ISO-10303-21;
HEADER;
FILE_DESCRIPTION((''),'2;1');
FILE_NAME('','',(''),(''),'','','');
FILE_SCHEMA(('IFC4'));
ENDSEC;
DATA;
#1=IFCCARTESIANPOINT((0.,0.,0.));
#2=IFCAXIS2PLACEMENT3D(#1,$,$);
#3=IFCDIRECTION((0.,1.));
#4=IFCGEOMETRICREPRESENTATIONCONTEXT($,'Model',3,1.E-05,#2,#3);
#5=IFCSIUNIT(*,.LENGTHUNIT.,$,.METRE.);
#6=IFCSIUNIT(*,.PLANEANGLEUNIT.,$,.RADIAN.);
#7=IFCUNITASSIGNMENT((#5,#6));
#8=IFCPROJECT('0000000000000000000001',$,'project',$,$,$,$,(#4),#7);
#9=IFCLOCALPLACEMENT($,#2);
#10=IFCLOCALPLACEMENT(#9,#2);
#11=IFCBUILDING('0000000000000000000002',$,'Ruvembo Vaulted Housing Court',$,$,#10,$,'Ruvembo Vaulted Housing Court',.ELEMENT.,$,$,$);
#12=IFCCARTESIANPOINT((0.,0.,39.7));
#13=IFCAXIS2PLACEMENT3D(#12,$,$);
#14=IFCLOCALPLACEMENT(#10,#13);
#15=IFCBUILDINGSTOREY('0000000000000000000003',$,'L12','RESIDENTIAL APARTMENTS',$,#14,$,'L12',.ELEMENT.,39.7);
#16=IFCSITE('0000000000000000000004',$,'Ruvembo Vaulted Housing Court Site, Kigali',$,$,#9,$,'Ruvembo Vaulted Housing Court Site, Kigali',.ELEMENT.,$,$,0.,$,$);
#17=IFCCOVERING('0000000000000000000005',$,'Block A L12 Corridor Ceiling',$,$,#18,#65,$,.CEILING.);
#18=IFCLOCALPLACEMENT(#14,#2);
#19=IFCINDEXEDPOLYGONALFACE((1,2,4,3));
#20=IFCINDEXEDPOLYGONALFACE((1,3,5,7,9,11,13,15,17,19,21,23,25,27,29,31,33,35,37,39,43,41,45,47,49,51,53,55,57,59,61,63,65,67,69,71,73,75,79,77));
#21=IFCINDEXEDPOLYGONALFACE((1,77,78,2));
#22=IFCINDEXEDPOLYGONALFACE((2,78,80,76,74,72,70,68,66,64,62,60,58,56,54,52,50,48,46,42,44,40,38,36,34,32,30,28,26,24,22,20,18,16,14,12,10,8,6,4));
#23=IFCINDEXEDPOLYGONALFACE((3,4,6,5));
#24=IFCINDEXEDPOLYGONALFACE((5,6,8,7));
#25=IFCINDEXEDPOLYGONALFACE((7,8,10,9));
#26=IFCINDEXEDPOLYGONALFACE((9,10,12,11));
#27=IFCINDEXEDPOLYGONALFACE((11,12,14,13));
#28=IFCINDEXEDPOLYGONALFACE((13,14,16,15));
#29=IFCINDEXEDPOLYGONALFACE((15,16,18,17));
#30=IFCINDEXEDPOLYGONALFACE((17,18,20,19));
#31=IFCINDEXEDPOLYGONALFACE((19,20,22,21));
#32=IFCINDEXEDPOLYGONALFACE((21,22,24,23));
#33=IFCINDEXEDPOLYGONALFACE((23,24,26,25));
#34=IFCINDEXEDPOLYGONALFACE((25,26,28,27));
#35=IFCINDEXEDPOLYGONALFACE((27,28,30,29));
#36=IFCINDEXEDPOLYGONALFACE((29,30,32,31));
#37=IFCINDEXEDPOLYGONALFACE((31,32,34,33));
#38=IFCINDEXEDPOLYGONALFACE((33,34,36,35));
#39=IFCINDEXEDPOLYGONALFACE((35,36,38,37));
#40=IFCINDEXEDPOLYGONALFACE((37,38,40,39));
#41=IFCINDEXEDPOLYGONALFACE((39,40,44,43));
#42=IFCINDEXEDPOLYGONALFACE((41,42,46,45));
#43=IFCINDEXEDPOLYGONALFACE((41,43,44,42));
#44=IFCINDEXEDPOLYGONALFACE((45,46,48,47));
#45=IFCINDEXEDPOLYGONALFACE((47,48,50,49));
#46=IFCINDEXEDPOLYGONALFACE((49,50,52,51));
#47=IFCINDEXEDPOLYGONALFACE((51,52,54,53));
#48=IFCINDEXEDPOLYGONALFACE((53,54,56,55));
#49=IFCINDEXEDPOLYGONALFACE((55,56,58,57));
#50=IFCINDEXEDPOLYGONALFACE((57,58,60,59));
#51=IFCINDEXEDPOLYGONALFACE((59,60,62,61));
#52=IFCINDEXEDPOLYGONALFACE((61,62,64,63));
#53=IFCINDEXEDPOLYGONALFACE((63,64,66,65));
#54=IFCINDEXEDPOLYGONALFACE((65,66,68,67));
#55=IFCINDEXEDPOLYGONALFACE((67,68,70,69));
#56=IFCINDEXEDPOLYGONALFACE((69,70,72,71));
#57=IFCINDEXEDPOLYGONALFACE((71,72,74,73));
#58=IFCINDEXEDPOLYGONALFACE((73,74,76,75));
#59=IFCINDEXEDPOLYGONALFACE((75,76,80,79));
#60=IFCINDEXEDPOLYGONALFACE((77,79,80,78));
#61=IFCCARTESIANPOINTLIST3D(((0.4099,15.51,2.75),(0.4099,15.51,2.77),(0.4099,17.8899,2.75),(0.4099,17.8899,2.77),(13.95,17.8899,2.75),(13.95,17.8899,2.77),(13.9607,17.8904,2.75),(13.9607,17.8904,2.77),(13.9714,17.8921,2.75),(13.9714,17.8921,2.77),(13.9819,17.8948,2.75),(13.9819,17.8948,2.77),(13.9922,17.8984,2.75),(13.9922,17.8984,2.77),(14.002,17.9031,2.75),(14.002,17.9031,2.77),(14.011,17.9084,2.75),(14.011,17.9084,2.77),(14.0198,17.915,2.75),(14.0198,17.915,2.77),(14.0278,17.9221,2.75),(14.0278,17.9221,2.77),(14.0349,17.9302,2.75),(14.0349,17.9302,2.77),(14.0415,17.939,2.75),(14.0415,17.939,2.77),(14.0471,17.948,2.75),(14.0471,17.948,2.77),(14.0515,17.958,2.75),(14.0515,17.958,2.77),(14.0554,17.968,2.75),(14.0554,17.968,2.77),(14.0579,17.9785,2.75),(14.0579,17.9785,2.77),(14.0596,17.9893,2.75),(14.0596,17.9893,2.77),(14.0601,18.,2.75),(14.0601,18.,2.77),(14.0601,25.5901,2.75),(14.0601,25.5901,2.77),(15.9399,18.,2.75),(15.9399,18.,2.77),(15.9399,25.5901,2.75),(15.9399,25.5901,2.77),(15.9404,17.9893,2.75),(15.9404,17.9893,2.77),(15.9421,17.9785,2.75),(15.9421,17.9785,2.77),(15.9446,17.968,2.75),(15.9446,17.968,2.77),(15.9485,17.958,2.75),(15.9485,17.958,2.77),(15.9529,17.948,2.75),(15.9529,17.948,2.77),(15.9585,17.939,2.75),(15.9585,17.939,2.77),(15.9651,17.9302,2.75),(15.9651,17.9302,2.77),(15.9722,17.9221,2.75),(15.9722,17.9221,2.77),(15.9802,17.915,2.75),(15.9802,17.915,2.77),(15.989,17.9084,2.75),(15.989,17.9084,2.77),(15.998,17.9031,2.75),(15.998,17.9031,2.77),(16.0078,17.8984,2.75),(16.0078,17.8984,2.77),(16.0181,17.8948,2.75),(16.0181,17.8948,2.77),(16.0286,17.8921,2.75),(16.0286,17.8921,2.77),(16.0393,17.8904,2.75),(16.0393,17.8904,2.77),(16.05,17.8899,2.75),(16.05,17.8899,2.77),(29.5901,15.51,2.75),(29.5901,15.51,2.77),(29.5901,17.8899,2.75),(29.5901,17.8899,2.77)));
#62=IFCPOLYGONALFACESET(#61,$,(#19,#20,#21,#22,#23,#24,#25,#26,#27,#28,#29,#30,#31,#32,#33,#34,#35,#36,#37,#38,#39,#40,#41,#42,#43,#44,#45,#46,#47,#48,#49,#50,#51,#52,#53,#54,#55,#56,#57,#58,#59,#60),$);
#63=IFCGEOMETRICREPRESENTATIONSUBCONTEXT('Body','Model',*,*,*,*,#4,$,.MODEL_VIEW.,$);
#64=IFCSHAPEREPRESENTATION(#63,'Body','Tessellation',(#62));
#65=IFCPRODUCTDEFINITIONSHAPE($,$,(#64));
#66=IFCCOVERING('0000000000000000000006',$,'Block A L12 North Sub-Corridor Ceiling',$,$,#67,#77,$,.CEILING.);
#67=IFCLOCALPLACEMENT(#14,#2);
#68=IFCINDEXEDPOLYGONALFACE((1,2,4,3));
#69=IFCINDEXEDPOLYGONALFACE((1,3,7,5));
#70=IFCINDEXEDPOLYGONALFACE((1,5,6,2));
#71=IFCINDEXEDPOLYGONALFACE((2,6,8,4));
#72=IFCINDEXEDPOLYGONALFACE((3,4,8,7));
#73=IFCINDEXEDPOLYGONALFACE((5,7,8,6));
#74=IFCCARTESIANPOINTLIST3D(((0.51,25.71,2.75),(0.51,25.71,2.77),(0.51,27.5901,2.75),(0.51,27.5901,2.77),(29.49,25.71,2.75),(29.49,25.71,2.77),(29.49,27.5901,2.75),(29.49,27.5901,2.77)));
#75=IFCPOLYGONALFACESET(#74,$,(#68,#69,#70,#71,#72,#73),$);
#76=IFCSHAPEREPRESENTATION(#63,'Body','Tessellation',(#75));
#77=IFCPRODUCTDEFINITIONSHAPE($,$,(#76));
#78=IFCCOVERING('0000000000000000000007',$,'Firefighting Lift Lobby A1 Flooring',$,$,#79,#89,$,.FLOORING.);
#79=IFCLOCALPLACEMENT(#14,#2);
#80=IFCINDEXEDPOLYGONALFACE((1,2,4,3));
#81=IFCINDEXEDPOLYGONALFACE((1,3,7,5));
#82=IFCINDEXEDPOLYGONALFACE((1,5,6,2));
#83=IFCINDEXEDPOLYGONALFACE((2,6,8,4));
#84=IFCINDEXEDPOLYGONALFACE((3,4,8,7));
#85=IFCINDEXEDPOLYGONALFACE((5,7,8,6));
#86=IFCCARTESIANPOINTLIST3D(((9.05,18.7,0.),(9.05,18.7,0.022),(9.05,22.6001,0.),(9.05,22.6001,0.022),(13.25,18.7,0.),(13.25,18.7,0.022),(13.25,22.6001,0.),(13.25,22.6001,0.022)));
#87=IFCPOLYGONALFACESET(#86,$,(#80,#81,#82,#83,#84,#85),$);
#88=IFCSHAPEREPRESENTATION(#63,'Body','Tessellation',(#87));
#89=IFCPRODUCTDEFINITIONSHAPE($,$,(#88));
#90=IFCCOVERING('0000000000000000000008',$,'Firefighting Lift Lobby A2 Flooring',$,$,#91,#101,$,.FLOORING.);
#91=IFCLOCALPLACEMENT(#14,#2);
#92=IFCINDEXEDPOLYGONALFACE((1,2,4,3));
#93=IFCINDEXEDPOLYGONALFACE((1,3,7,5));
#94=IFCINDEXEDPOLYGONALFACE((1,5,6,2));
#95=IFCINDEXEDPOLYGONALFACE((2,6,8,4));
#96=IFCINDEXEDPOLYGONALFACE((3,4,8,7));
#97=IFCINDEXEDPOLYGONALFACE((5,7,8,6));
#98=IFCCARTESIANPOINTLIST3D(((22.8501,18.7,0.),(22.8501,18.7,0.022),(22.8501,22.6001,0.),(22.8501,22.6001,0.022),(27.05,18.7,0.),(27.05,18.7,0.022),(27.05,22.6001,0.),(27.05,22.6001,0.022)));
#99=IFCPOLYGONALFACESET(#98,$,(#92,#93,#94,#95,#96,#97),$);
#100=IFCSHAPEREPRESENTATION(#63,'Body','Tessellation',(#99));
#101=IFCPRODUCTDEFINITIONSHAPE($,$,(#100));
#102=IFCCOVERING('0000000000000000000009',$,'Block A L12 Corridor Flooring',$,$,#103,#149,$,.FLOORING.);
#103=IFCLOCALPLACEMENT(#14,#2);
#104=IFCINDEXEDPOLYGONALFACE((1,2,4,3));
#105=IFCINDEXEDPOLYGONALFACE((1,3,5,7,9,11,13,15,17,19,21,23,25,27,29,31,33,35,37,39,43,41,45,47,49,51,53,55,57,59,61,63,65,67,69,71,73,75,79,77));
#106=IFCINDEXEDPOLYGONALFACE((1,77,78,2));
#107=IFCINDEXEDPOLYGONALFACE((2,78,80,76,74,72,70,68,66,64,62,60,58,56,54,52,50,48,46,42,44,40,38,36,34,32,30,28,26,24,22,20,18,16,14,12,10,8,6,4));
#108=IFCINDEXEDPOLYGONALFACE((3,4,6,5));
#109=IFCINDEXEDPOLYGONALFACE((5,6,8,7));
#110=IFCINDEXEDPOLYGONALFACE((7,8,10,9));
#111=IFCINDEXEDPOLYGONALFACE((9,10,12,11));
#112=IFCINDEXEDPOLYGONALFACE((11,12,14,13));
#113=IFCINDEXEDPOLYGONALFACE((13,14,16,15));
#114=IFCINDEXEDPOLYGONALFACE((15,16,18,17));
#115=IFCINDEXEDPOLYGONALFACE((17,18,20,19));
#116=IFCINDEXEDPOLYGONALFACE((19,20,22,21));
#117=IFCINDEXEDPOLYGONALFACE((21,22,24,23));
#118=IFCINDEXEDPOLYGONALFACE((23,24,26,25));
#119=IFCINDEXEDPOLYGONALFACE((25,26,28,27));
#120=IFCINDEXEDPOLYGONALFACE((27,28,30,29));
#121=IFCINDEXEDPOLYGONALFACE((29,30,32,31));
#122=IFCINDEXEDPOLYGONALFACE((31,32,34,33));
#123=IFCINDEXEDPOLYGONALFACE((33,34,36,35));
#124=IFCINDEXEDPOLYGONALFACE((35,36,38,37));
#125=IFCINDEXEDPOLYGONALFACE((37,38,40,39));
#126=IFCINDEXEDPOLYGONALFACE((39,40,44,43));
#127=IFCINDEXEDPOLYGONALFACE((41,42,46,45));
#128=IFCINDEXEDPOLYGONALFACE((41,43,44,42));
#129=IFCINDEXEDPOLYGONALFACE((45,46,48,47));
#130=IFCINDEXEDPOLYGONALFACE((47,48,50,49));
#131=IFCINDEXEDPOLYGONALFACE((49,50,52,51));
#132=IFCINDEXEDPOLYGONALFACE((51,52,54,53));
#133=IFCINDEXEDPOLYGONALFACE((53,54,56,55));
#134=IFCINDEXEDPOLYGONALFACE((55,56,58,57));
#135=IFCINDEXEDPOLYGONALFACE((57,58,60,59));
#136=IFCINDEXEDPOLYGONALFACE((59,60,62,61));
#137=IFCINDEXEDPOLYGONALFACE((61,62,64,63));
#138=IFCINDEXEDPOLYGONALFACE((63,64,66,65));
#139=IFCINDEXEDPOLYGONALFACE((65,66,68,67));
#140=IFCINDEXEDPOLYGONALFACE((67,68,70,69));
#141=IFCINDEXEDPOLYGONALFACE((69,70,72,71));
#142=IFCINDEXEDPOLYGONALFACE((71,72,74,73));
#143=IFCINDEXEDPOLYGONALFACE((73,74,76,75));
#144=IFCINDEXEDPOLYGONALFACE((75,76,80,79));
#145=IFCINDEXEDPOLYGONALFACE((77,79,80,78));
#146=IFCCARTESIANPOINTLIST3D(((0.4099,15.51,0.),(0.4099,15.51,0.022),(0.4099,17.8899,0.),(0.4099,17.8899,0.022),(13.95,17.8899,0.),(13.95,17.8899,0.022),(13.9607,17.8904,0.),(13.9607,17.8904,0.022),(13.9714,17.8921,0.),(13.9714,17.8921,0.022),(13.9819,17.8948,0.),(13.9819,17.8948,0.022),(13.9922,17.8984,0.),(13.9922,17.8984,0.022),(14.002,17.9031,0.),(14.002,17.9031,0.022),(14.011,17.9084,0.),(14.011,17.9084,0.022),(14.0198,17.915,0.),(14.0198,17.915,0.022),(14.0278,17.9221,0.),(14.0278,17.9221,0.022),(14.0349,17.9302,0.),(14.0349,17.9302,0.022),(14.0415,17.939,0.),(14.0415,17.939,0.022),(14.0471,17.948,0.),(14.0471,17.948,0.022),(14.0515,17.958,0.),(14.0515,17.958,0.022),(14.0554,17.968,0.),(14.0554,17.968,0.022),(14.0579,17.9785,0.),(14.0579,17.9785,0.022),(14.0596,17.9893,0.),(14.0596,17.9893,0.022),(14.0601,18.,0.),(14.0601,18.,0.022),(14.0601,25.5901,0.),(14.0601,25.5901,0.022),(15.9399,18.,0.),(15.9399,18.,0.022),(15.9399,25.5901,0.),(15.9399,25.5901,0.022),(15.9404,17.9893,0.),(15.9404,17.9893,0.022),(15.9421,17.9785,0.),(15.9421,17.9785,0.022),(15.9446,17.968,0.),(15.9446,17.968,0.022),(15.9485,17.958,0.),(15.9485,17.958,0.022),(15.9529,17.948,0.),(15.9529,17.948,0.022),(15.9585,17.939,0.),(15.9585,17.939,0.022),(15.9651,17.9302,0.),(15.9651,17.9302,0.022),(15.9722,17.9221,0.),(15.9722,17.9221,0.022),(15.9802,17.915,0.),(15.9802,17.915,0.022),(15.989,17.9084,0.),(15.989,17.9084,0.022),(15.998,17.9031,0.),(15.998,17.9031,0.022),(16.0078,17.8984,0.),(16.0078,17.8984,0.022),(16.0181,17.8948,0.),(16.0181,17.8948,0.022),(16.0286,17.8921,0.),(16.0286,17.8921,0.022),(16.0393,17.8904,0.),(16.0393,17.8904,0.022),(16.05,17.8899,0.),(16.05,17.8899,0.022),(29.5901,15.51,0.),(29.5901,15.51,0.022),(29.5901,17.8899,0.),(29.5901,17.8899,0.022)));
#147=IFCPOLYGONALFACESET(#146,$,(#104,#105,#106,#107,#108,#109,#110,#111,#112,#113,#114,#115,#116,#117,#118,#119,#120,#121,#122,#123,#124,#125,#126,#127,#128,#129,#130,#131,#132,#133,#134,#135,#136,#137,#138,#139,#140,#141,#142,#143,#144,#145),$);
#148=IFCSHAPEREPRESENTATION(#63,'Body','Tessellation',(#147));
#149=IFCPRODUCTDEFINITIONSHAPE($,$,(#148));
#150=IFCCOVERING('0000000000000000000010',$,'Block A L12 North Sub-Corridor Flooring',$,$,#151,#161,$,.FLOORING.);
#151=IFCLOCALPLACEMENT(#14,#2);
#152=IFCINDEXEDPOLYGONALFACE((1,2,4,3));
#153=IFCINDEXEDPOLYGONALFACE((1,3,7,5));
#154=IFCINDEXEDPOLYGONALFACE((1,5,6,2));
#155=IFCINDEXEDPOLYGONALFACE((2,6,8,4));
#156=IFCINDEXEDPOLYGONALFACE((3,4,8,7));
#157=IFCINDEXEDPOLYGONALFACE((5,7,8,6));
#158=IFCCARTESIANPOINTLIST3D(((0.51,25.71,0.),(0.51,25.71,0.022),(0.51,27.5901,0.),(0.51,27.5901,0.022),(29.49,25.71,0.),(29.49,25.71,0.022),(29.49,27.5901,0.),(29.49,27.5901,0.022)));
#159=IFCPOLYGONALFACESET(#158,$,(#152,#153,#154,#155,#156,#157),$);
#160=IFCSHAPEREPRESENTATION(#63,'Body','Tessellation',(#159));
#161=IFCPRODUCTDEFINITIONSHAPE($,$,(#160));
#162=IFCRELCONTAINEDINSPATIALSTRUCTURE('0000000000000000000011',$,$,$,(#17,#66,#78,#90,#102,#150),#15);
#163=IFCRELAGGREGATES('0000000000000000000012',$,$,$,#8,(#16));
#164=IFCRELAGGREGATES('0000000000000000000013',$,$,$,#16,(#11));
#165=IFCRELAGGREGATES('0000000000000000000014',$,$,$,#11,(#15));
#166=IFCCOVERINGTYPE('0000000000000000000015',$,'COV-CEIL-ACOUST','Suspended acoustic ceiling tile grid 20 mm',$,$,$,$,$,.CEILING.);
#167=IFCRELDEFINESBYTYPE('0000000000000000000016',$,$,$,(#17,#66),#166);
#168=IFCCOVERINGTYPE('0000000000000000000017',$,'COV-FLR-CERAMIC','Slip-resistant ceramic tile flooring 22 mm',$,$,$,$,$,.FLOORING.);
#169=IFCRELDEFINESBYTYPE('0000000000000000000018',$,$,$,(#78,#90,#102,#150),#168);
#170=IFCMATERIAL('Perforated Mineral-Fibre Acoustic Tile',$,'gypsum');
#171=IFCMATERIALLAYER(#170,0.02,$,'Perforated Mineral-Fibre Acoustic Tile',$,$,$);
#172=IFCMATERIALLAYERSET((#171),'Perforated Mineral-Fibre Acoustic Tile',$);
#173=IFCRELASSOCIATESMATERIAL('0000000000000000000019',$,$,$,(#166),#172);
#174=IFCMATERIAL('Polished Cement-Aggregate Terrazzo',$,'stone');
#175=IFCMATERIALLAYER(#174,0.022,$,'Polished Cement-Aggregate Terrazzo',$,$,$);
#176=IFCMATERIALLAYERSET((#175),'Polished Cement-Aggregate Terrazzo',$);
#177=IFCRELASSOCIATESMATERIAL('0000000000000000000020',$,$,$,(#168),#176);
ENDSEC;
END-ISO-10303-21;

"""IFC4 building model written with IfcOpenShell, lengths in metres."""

from ifc_helpers import new_model, si_unit, direction, frame, origin, place, context, subcontext, project, spatial, polyline, outline, extrude, material, layer, layer_set, type_object, element, save


model = new_model("IFC4")

# Units and contexts
model_context = context("Model", 3, precision=1e-05, world=origin(), true_north=direction((0.0, 1.0)))
body_context = subcontext(model_context, "Body", "Model", "MODEL_VIEW")
ifc_project = project(units=[si_unit("LENGTHUNIT", "METRE"), si_unit("PLANEANGLEUNIT", "RADIAN")], contexts=[model_context])

# Site, building, storey
site_placement = place(None, origin())
site = spatial("IfcSite", under=ifc_project, at=site_placement, Name="Ruvembo Vaulted Housing Court Site, Kigali", LongName="Ruvembo Vaulted Housing Court Site, Kigali", CompositionType="ELEMENT", RefElevation=0.0)
building_placement = place(site_placement, origin())
building = spatial("IfcBuilding", under=site, at=building_placement, Name="Ruvembo Vaulted Housing Court", LongName="Ruvembo Vaulted Housing Court", CompositionType="ELEMENT")
storey_placement = place(building_placement, frame((0.0, 0.0, 39.7)))
storey = spatial("IfcBuildingStorey", under=building, at=storey_placement, Name="L12", Description="RESIDENTIAL APARTMENTS", LongName="L12", CompositionType="ELEMENT", Elevation=39.7)

# Coverings
ifc_material_1 = material(Name="Perforated Mineral-Fibre Acoustic Tile", Category="gypsum")
ifc_layer_1 = layer(ifc_material_1, 0.02, Name="Perforated Mineral-Fibre Acoustic Tile")
ifc_layer_set_1 = layer_set([ifc_layer_1], Name="Perforated Mineral-Fibre Acoustic Tile")
covering_type_1 = type_object("IfcCoveringType", Name="COV-CEIL-ACOUST", Description="Suspended acoustic ceiling tile grid 20 mm", PredefinedType="CEILING", material=ifc_layer_set_1)
covering_1_placement = place(storey_placement, frame((0.0, 0.0, 2.75)))
element("IfcCovering", 1, at=covering_1_placement, inside=storey, type_object=covering_type_1, Name="Block A L12 Corridor Ceiling", PredefinedType="CEILING", context=body_context, shape_type="SweptSolid", body=[
    extrude(outline(polyline([(29.5901, 15.51), (29.5901, 17.8899), (16.05, 17.8899), (16.0393, 17.8904), (16.0286, 17.8921), (16.0181, 17.8948), (16.0078, 17.8984), (15.998, 17.9031), (15.989, 17.9084), (15.9802, 17.915), (15.9722, 17.9221), (15.9651, 17.9302), (15.9585, 17.939), (15.9529, 17.948), (15.9485, 17.958), (15.9446, 17.968), (15.9421, 17.9785), (15.9404, 17.9893), (15.9399, 18.0), (15.9399, 25.5901), (14.0601, 25.5901), (14.0601, 18.0), (14.0596, 17.9893), (14.0579, 17.9785), (14.0554, 17.968), (14.0515, 17.958), (14.0471, 17.948), (14.0415, 17.939), (14.0349, 17.9302), (14.0278, 17.9221), (14.0198, 17.915), (14.011, 17.9084), (14.002, 17.9031), (13.9922, 17.8984), (13.9819, 17.8948), (13.9714, 17.8921), (13.9607, 17.8904), (13.95, 17.8899), (0.4099, 17.8899), (0.4099, 15.51), (29.5901, 15.51)])), origin(), (0.0, 0.0, 1.0), 0.02),
])
covering_2_placement = place(storey_placement, frame((0.0, 0.0, 2.75)))
element("IfcCovering", 2, at=covering_2_placement, inside=storey, type_object=covering_type_1, Name="Block A L12 North Sub-Corridor Ceiling", PredefinedType="CEILING", context=body_context, shape_type="SweptSolid", body=[
    extrude(outline(polyline([(0.51, 25.71), (29.49, 25.71), (29.49, 27.5901), (0.51, 27.5901), (0.51, 25.71)])), origin(), (0.0, 0.0, 1.0), 0.02),
])
ifc_material_2 = material(Name="Polished Cement-Aggregate Terrazzo", Category="stone")
ifc_layer_2 = layer(ifc_material_2, 0.022, Name="Polished Cement-Aggregate Terrazzo")
ifc_layer_set_2 = layer_set([ifc_layer_2], Name="Polished Cement-Aggregate Terrazzo")
covering_type_2 = type_object("IfcCoveringType", Name="COV-FLR-CERAMIC", Description="Slip-resistant ceramic tile flooring 22 mm", PredefinedType="FLOORING", material=ifc_layer_set_2)
covering_3_placement = place(storey_placement, origin())
element("IfcCovering", 3, at=covering_3_placement, inside=storey, type_object=covering_type_2, Name="Firefighting Lift Lobby A1 Flooring", PredefinedType="FLOORING", context=body_context, shape_type="SweptSolid", body=[
    extrude(outline(polyline([(13.25, 22.6001), (9.05, 22.6001), (9.05, 18.7), (13.25, 18.7), (13.25, 22.6001)])), origin(), (0.0, 0.0, 1.0), 0.022),
])
covering_4_placement = place(storey_placement, origin())
element("IfcCovering", 4, at=covering_4_placement, inside=storey, type_object=covering_type_2, Name="Firefighting Lift Lobby A2 Flooring", PredefinedType="FLOORING", context=body_context, shape_type="SweptSolid", body=[
    extrude(outline(polyline([(27.05, 22.6001), (22.8501, 22.6001), (22.8501, 18.7), (27.05, 18.7), (27.05, 22.6001)])), origin(), (0.0, 0.0, 1.0), 0.022),
])
covering_5_placement = place(storey_placement, origin())
element("IfcCovering", 5, at=covering_5_placement, inside=storey, type_object=covering_type_2, Name="Block A L12 Corridor Flooring", PredefinedType="FLOORING", context=body_context, shape_type="SweptSolid", body=[
    extrude(outline(polyline([(29.5901, 15.51), (29.5901, 17.8899), (16.05, 17.8899), (16.0393, 17.8904), (16.0286, 17.8921), (16.0181, 17.8948), (16.0078, 17.8984), (15.998, 17.9031), (15.989, 17.9084), (15.9802, 17.915), (15.9722, 17.9221), (15.9651, 17.9302), (15.9585, 17.939), (15.9529, 17.948), (15.9485, 17.958), (15.9446, 17.968), (15.9421, 17.9785), (15.9404, 17.9893), (15.9399, 18.0), (15.9399, 25.5901), (14.0601, 25.5901), (14.0601, 18.0), (14.0596, 17.9893), (14.0579, 17.9785), (14.0554, 17.968), (14.0515, 17.958), (14.0471, 17.948), (14.0415, 17.939), (14.0349, 17.9302), (14.0278, 17.9221), (14.0198, 17.915), (14.011, 17.9084), (14.002, 17.9031), (13.9922, 17.8984), (13.9819, 17.8948), (13.9714, 17.8921), (13.9607, 17.8904), (13.95, 17.8899), (0.4099, 17.8899), (0.4099, 15.51), (29.5901, 15.51)])), origin(), (0.0, 0.0, 1.0), 0.022),
])
covering_6_placement = place(storey_placement, origin())
element("IfcCovering", 6, at=covering_6_placement, inside=storey, type_object=covering_type_2, Name="Block A L12 North Sub-Corridor Flooring", PredefinedType="FLOORING", context=body_context, shape_type="SweptSolid", body=[
    extrude(outline(polyline([(0.51, 25.71), (29.49, 25.71), (29.49, 27.5901), (0.51, 27.5901), (0.51, 25.71)])), origin(), (0.0, 0.0, 1.0), 0.022),
])

save(model, "model.ifc")
